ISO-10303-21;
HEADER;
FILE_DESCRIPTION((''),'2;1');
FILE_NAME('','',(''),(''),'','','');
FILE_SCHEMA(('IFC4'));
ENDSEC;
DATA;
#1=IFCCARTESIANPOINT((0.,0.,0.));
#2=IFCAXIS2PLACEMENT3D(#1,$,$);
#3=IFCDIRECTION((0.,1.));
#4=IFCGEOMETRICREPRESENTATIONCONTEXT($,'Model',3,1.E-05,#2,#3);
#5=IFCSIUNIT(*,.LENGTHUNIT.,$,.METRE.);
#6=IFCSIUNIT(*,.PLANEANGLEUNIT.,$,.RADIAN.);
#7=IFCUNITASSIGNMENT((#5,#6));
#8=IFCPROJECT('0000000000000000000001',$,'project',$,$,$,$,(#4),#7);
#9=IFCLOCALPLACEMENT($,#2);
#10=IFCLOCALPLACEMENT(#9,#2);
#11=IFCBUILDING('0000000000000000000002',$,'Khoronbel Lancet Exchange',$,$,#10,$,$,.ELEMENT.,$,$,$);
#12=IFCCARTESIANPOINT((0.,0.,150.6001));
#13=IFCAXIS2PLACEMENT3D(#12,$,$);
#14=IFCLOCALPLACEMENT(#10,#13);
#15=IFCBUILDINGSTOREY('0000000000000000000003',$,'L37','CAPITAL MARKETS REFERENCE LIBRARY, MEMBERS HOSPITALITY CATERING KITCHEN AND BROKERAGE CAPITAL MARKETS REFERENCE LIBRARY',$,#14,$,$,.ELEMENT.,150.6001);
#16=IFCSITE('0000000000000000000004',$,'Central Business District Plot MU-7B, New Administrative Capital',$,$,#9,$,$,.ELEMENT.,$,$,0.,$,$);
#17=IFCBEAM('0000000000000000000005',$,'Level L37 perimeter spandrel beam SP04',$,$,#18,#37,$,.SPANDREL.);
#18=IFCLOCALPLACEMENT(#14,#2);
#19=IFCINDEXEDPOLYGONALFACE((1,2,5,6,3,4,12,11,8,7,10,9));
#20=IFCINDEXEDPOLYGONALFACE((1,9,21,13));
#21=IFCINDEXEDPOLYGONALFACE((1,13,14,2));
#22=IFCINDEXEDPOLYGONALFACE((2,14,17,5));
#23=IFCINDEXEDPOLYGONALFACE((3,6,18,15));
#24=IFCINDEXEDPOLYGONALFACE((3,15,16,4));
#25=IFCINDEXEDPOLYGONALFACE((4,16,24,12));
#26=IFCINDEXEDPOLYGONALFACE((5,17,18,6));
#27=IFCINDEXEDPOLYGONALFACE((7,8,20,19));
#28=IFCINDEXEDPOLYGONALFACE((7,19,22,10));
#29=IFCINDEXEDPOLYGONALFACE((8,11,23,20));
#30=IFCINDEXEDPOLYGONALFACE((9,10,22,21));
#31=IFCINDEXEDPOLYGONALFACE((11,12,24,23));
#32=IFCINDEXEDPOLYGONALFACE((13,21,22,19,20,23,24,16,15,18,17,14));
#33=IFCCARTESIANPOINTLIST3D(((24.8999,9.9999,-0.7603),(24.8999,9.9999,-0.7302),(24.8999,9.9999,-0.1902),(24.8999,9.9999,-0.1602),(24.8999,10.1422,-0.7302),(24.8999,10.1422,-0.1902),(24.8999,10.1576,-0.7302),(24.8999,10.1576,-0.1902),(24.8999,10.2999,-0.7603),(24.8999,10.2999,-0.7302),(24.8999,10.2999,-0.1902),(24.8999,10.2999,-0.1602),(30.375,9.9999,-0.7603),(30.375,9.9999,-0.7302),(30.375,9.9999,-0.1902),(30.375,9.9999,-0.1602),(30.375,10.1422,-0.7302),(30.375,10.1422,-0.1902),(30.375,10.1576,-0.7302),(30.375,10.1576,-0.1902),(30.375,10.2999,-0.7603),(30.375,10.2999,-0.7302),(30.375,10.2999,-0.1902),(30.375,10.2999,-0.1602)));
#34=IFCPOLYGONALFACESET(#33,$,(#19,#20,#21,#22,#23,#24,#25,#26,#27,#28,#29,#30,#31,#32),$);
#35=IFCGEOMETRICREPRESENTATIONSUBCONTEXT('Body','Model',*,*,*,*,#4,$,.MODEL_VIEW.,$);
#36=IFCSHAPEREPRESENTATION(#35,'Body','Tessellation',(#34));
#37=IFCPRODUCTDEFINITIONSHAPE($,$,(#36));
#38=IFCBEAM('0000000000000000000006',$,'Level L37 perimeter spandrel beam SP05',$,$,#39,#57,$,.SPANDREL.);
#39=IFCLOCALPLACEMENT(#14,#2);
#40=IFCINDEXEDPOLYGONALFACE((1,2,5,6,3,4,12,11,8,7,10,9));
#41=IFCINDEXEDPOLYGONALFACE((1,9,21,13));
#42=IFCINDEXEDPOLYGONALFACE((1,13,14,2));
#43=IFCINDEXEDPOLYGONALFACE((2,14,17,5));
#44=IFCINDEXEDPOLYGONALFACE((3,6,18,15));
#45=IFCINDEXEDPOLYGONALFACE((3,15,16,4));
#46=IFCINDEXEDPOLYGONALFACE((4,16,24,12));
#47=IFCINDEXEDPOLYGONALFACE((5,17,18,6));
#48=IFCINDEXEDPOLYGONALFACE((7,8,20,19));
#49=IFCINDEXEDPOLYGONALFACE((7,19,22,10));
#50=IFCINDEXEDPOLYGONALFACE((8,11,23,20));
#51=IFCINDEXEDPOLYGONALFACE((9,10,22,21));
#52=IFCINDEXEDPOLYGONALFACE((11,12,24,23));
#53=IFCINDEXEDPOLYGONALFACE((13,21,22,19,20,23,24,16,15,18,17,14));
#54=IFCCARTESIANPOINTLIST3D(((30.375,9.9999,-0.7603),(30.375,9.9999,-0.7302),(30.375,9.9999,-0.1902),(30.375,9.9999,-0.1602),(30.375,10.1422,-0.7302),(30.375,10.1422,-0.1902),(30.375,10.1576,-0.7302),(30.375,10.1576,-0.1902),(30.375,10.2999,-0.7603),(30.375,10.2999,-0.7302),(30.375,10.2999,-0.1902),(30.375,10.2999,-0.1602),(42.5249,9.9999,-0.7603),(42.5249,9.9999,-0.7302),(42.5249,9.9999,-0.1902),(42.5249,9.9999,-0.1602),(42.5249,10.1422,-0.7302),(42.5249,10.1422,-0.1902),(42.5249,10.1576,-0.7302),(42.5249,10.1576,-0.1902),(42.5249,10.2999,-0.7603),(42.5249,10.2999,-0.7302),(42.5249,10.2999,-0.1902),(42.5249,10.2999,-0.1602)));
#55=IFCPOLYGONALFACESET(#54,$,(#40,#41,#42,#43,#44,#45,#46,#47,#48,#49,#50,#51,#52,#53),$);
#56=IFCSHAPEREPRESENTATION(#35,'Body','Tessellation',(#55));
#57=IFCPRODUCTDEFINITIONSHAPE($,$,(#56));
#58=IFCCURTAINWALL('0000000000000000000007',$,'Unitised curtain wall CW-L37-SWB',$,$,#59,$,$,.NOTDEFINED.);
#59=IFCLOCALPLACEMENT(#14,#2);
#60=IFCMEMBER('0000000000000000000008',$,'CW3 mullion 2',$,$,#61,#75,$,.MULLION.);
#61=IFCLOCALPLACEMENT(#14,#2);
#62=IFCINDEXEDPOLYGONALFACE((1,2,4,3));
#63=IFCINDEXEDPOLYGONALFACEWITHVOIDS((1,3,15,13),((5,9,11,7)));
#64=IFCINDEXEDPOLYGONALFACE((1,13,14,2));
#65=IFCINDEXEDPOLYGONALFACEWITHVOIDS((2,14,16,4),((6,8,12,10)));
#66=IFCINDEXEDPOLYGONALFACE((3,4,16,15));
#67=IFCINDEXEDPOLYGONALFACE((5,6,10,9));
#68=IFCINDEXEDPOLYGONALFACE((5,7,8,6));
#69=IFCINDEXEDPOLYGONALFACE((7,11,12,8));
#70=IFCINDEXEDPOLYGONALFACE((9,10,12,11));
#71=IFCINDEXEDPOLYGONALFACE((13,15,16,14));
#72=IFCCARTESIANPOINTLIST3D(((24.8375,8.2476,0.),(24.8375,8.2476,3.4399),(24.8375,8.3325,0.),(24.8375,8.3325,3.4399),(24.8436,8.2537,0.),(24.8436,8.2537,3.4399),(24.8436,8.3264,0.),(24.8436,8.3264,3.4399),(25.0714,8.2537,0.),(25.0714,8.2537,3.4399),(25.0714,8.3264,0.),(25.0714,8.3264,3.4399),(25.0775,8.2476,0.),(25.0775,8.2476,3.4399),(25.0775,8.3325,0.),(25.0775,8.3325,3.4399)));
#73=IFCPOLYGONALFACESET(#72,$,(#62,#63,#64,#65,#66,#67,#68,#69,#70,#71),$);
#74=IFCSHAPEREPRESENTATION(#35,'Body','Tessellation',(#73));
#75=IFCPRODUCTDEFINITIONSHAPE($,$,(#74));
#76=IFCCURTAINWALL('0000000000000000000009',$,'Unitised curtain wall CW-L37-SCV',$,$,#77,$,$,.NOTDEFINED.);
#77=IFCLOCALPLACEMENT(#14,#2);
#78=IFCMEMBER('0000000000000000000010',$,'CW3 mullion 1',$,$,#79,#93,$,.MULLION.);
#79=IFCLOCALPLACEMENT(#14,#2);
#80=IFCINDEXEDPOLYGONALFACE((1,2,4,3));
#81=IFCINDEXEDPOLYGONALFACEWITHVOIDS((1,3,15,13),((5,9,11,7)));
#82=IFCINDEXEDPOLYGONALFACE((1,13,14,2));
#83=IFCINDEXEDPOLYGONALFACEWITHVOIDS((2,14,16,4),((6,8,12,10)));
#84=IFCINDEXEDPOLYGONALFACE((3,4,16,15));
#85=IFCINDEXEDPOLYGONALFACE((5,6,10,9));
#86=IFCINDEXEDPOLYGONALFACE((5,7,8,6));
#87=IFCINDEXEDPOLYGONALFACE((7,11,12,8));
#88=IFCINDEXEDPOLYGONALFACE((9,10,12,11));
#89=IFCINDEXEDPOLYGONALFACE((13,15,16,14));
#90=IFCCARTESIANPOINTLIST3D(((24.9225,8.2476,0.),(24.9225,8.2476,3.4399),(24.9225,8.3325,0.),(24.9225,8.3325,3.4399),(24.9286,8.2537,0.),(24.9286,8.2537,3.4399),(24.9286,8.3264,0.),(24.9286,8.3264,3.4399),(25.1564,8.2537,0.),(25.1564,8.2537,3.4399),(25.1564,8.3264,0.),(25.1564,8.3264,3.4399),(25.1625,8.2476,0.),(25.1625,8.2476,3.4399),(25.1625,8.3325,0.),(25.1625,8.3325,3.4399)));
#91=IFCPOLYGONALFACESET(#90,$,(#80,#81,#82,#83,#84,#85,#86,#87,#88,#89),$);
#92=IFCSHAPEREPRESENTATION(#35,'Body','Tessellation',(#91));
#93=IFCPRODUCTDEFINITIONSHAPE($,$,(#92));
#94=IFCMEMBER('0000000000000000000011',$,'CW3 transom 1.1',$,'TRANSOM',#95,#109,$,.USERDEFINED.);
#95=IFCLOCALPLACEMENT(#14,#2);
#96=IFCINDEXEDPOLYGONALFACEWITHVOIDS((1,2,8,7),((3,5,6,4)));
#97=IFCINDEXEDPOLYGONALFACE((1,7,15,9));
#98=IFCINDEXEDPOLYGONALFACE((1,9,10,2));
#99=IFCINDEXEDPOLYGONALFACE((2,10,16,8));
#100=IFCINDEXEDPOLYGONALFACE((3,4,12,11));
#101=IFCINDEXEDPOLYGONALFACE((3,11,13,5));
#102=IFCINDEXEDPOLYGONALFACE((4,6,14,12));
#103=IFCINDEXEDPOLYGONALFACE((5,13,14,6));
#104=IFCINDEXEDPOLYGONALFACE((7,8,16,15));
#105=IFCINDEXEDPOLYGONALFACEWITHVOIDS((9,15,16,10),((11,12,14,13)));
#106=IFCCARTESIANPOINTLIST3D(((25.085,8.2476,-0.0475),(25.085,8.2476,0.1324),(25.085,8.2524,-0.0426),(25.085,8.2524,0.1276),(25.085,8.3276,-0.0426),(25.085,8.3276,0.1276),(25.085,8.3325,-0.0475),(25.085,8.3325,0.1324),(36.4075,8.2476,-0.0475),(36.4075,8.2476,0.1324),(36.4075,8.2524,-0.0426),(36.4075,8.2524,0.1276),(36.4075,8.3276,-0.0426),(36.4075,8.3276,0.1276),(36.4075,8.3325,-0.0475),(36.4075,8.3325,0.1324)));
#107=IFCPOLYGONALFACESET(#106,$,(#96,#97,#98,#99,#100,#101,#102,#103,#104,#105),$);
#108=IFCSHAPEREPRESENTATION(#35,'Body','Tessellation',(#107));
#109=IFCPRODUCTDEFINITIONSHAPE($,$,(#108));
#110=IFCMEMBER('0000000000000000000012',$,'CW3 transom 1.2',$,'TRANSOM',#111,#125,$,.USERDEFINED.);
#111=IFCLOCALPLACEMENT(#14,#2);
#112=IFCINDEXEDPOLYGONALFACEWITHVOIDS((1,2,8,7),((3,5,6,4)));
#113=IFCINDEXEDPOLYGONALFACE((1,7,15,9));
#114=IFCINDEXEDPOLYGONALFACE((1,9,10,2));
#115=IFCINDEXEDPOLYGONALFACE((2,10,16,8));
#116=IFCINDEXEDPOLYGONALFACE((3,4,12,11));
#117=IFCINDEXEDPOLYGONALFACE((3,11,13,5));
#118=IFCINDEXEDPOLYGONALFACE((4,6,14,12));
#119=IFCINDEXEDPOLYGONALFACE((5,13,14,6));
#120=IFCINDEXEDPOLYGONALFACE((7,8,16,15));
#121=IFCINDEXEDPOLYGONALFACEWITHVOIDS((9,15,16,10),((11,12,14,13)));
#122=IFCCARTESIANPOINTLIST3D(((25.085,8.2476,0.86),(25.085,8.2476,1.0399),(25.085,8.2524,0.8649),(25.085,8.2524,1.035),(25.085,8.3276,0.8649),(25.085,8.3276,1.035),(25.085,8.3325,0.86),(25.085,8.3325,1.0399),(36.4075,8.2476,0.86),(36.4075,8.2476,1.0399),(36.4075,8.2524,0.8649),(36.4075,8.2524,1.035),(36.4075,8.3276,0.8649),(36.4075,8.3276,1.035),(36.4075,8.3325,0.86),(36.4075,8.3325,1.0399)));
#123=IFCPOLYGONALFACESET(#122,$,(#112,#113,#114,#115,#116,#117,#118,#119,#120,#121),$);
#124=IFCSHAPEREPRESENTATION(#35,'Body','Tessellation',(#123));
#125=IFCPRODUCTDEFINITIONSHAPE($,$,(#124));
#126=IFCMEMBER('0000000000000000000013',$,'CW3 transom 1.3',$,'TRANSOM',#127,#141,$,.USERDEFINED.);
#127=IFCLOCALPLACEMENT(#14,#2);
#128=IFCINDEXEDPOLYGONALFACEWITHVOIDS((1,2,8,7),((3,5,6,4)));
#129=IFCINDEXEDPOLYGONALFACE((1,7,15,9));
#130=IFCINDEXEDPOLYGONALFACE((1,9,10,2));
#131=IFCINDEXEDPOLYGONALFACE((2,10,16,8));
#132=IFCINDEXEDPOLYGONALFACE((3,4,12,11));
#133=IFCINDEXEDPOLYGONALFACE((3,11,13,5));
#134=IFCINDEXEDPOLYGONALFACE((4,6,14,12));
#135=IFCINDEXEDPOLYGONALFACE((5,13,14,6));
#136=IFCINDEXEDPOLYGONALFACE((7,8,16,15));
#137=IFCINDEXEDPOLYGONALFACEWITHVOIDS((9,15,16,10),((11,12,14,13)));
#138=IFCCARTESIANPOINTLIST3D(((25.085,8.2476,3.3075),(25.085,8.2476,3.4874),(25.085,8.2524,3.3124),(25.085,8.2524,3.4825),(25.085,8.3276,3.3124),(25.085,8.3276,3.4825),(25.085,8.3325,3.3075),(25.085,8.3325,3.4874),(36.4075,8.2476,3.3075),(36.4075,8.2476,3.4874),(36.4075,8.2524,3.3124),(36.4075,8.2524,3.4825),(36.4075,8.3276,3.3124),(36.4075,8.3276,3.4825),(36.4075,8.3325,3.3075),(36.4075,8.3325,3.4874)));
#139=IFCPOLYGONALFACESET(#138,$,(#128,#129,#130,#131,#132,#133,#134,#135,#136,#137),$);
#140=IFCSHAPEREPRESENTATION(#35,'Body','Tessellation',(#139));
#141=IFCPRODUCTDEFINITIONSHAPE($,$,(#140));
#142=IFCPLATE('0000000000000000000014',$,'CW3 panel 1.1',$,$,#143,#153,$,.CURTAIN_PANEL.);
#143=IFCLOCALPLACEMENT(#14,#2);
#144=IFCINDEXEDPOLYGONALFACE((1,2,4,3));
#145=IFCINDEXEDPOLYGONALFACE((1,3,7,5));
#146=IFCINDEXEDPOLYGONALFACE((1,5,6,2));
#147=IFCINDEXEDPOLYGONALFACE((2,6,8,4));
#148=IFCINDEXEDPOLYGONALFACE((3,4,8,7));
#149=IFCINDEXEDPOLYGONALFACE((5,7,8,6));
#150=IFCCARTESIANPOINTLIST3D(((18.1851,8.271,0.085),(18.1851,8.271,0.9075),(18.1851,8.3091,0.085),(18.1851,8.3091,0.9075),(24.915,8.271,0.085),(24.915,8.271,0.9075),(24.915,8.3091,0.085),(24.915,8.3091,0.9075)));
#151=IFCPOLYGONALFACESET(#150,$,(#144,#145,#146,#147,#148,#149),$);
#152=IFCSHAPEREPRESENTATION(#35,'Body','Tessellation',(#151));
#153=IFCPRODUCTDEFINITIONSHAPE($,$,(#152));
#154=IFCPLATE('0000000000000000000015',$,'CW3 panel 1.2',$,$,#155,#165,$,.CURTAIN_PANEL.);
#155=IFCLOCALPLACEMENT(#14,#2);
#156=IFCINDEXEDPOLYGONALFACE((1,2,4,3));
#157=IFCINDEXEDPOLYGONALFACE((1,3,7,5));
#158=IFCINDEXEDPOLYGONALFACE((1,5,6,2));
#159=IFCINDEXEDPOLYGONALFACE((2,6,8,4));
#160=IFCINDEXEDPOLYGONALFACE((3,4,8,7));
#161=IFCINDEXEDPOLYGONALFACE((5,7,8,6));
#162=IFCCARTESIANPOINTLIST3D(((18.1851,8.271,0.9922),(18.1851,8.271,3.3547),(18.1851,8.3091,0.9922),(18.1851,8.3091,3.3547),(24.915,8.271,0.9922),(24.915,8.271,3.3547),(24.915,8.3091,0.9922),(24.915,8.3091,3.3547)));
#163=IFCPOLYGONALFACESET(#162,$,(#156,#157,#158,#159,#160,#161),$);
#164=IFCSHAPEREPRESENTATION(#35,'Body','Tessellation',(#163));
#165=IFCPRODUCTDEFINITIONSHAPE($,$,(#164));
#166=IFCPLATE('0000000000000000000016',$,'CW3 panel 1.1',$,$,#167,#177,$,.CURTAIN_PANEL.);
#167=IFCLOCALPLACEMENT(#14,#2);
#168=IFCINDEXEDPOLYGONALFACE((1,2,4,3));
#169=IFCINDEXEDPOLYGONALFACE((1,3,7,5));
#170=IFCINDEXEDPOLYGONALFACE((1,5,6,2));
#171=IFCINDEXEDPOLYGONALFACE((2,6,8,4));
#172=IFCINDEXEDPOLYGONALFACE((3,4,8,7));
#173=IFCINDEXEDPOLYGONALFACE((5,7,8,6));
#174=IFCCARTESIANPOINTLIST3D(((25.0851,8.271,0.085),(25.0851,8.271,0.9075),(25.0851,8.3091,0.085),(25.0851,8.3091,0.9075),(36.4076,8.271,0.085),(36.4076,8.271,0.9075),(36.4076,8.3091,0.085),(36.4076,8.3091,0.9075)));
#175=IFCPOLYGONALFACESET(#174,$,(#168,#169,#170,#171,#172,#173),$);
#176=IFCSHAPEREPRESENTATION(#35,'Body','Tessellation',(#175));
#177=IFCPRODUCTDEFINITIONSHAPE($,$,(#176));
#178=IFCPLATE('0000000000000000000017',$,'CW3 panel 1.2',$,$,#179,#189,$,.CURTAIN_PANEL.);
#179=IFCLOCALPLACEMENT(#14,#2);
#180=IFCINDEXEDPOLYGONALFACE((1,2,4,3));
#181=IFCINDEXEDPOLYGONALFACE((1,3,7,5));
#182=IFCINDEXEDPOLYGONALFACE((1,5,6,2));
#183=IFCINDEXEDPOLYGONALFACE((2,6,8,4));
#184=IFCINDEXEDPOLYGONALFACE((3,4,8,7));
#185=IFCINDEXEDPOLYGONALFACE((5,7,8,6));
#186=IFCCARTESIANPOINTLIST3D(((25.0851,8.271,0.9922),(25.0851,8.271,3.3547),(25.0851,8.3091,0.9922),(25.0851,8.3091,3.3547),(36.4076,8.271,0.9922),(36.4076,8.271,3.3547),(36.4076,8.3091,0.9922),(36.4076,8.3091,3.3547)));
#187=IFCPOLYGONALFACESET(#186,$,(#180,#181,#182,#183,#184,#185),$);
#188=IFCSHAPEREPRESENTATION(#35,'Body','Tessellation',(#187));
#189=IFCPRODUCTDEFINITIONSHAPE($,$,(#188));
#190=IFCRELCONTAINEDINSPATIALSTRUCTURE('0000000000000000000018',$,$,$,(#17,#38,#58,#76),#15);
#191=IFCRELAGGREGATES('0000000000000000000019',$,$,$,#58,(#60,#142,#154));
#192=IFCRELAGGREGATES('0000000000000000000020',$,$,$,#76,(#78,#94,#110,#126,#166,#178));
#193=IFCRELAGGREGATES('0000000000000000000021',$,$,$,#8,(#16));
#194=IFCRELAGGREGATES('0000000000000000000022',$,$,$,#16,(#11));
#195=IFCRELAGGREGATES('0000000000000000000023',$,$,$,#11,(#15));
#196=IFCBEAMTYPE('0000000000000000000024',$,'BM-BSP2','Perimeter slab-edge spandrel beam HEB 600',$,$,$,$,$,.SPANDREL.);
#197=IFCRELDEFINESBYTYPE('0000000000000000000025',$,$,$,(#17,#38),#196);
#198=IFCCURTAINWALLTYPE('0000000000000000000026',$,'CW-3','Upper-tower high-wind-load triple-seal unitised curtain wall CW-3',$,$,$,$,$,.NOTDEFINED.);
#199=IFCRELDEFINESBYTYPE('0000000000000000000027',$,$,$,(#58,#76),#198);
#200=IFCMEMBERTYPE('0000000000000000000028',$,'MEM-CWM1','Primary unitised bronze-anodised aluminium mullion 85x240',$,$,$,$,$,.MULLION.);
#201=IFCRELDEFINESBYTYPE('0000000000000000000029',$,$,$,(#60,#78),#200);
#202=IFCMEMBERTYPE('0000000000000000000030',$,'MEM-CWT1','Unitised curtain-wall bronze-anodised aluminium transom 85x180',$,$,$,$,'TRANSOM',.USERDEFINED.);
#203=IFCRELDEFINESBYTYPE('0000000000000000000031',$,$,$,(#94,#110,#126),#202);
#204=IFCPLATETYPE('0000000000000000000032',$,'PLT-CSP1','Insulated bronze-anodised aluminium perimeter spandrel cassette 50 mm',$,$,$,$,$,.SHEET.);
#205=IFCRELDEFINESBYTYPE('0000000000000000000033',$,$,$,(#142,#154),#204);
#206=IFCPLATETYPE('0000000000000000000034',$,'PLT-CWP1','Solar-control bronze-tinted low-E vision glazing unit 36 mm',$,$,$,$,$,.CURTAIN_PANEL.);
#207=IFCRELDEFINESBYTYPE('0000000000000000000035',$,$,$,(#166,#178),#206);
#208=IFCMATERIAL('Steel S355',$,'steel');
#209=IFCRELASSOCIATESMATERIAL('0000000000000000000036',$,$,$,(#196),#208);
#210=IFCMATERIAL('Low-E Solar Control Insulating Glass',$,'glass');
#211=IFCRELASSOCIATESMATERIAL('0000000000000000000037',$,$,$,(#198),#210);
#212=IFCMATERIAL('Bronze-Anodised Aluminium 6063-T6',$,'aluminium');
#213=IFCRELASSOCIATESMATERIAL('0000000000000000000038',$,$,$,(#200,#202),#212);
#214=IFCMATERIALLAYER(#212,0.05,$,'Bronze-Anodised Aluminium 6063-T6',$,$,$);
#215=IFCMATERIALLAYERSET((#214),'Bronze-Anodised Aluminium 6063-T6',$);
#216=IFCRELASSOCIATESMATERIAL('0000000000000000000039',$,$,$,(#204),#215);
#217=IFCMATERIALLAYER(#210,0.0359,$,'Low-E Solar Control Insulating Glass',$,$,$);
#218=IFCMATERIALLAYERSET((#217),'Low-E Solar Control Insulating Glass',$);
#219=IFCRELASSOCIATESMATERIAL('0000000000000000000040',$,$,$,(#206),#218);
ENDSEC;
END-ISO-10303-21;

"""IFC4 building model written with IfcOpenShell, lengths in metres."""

from ifc_helpers import new_model, si_unit, direction, frame, origin, origin_2d, place, context, subcontext, project, spatial, rectangle, hollow_rectangle, i_section, extrude, material, layer, layer_set, material_profile, profile_set, type_object, element, aggregate, save


model = new_model("IFC4")

# Units and contexts
model_context = context("Model", 3, precision=1e-05, world=origin(), true_north=direction((0.0, 1.0)))
body_context = subcontext(model_context, "Body", "Model", "MODEL_VIEW")
ifc_project = project(units=[si_unit("LENGTHUNIT", "METRE"), si_unit("PLANEANGLEUNIT", "RADIAN")], contexts=[model_context])

# Site, building, storey
site_placement = place(None, origin())
site = spatial("IfcSite", under=ifc_project, at=site_placement, Name="Central Business District Plot MU-7B, New Administrative Capital", CompositionType="ELEMENT", RefElevation=0.0)
building_placement = place(site_placement, origin())
building = spatial("IfcBuilding", under=site, at=building_placement, Name="Khoronbel Lancet Exchange", CompositionType="ELEMENT")
storey_placement = place(building_placement, frame((0.0, 0.0, 150.6001)))
storey = spatial("IfcBuildingStorey", under=building, at=storey_placement, Name="L37", Description="CAPITAL MARKETS REFERENCE LIBRARY, MEMBERS HOSPITALITY CATERING KITCHEN AND BROKERAGE CAPITAL MARKETS REFERENCE LIBRARY", CompositionType="ELEMENT", Elevation=150.6001)

# Beams
ifc_material_1 = material(Name="Steel S355", Category="steel")
ifc_material_profile_1 = material_profile(ifc_material_1, i_section(OverallWidth=0.3, OverallDepth=0.6001, WebThickness=0.0154, FlangeThickness=0.03, at=origin_2d()), Name="HEB 600")
ifc_profile_set_1 = profile_set([ifc_material_profile_1], Name="Steel S355")
beam_type_1 = type_object("IfcBeamType", Name="BM-BSP2", Description="Perimeter slab-edge spandrel beam HEB 600", PredefinedType="SPANDREL", material=ifc_profile_set_1)
beam_1_placement = place(storey_placement, frame((24.8999, 10.1499, -0.4602), z_axis=(1.0, 0.0, 0.0), x_axis=(0.0, 1.0, 0.0)))
element("IfcBeam", 1, at=beam_1_placement, inside=storey, type_object=beam_type_1, Name="Level L37 perimeter spandrel beam SP04", PredefinedType="SPANDREL", context=body_context, shape_type="SweptSolid", body=[
    extrude(i_section(OverallWidth=0.3, OverallDepth=0.6001, WebThickness=0.0154, FlangeThickness=0.03, at=origin_2d()), origin(), (0.0, 0.0, 1.0), 5.4751),
])
beam_2_placement = place(storey_placement, frame((30.375, 10.1499, -0.4602), z_axis=(1.0, 0.0, 0.0), x_axis=(0.0, 1.0, 0.0)))
element("IfcBeam", 2, at=beam_2_placement, inside=storey, type_object=beam_type_1, Name="Level L37 perimeter spandrel beam SP05", PredefinedType="SPANDREL", context=body_context, shape_type="SweptSolid", body=[
    extrude(i_section(OverallWidth=0.3, OverallDepth=0.6001, WebThickness=0.0154, FlangeThickness=0.03, at=origin_2d()), origin(), (0.0, 0.0, 1.0), 12.1499),
])

# Curtain wall, member
ifc_material_2 = material(Name="Low-E Solar Control Insulating Glass", Category="glass")
curtain_wall_type = type_object("IfcCurtainWallType", Name="CW-3", Description="Upper-tower high-wind-load triple-seal unitised curtain wall CW-3", PredefinedType="NOTDEFINED", material=ifc_material_2)
curtain_wall_1_placement = place(storey_placement, origin())
curtain_wall_1 = element("IfcCurtainWall", 3, at=curtain_wall_1_placement, inside=storey, type_object=curtain_wall_type, Name="Unitised curtain wall CW-L37-SWB", PredefinedType="NOTDEFINED")
ifc_material_3 = material(Name="Bronze-Anodised Aluminium 6063-T6", Category="aluminium")
ifc_material_profile_2 = material_profile(ifc_material_3, hollow_rectangle(XDim=0.085, YDim=0.24, WallThickness=0.0061, at=origin_2d()), Name="ALU MULLION 85x240")
ifc_profile_set_2 = profile_set([ifc_material_profile_2], Name="Bronze-Anodised Aluminium 6063-T6")
member_type_1 = type_object("IfcMemberType", Name="MEM-CWM1", Description="Primary unitised bronze-anodised aluminium mullion 85x240", PredefinedType="MULLION", material=ifc_profile_set_2)
member_1_placement = place(storey_placement, frame((24.9575, 8.29, 0.0), z_axis=(0.0, 0.0, 1.0), x_axis=(0.0, 1.0, 0.0)))
member_1 = element("IfcMember", 4, at=member_1_placement, type_object=member_type_1, Name="CW3 mullion 2", PredefinedType="MULLION", context=body_context, shape_type="SweptSolid", body=[
    extrude(hollow_rectangle(XDim=0.085, YDim=0.24, WallThickness=0.0061, at=origin_2d()), origin(), (0.0, 0.0, 1.0), 3.4399),
])

# Curtain wall, members
curtain_wall_2_placement = place(storey_placement, origin())
curtain_wall_2 = element("IfcCurtainWall", 5, at=curtain_wall_2_placement, inside=storey, type_object=curtain_wall_type, Name="Unitised curtain wall CW-L37-SCV", PredefinedType="NOTDEFINED")
member_2_placement = place(storey_placement, frame((25.0425, 8.29, 0.0), z_axis=(0.0, 0.0, 1.0), x_axis=(0.0, 1.0, 0.0)))
member_2 = element("IfcMember", 6, at=member_2_placement, type_object=member_type_1, Name="CW3 mullion 1", PredefinedType="MULLION", context=body_context, shape_type="SweptSolid", body=[
    extrude(hollow_rectangle(XDim=0.085, YDim=0.24, WallThickness=0.0061, at=origin_2d()), origin(), (0.0, 0.0, 1.0), 3.4399),
])
ifc_material_profile_3 = material_profile(ifc_material_3, hollow_rectangle(XDim=0.085, YDim=0.1799, WallThickness=0.0049, at=origin_2d()), Name="ALU TRANSOM 85x180")
ifc_profile_set_3 = profile_set([ifc_material_profile_3], Name="Bronze-Anodised Aluminium 6063-T6")
member_type_2 = type_object("IfcMemberType", Name="MEM-CWT1", Description="Unitised curtain-wall bronze-anodised aluminium transom 85x180", ElementType="TRANSOM", PredefinedType="USERDEFINED", material=ifc_profile_set_3)
member_3_placement = place(storey_placement, frame((25.085, 8.29, 0.0425), z_axis=(1.0, 0.0, 0.0), x_axis=(0.0, 1.0, 0.0)))
member_3 = element("IfcMember", 7, at=member_3_placement, type_object=member_type_2, Name="CW3 transom 1.1", ObjectType="TRANSOM", PredefinedType="USERDEFINED", context=body_context, shape_type="SweptSolid", body=[
    extrude(hollow_rectangle(XDim=0.085, YDim=0.1799, WallThickness=0.0049, at=origin_2d()), origin(), (0.0, 0.0, 1.0), 11.3225),
])
member_4_placement = place(storey_placement, frame((25.085, 8.29, 0.95), z_axis=(1.0, 0.0, 0.0), x_axis=(0.0, 1.0, 0.0)))
member_4 = element("IfcMember", 8, at=member_4_placement, type_object=member_type_2, Name="CW3 transom 1.2", ObjectType="TRANSOM", PredefinedType="USERDEFINED", context=body_context, shape_type="SweptSolid", body=[
    extrude(hollow_rectangle(XDim=0.085, YDim=0.1799, WallThickness=0.0049, at=origin_2d()), origin(), (0.0, 0.0, 1.0), 11.3225),
])
member_5_placement = place(storey_placement, frame((25.085, 8.29, 3.3975), z_axis=(1.0, 0.0, 0.0), x_axis=(0.0, 1.0, 0.0)))
member_5 = element("IfcMember", 9, at=member_5_placement, type_object=member_type_2, Name="CW3 transom 1.3", ObjectType="TRANSOM", PredefinedType="USERDEFINED", context=body_context, shape_type="SweptSolid", body=[
    extrude(hollow_rectangle(XDim=0.085, YDim=0.1799, WallThickness=0.0049, at=origin_2d()), origin(), (0.0, 0.0, 1.0), 11.3225),
])

# Plates
ifc_layer_1 = layer(ifc_material_3, 0.05, Name="Bronze-Anodised Aluminium 6063-T6")
ifc_layer_set_1 = layer_set([ifc_layer_1], Name="Bronze-Anodised Aluminium 6063-T6")
plate_type_1 = type_object("IfcPlateType", Name="PLT-CSP1", Description="Insulated bronze-anodised aluminium perimeter spandrel cassette 50 mm", PredefinedType="SHEET", material=ifc_layer_set_1)
plate_1_placement = place(storey_placement, frame((21.55, 8.29, 0.085), z_axis=(0.0, 0.0, 1.0), x_axis=(1.0, 0.0, 0.0)))
plate_1 = element("IfcPlate", 10, at=plate_1_placement, type_object=plate_type_1, Name="CW3 panel 1.1", PredefinedType="CURTAIN_PANEL", context=body_context, shape_type="SweptSolid", body=[
    extrude(rectangle(XDim=6.73, YDim=0.0381, at=origin_2d()), origin(), (0.0, 0.0, 1.0), 0.8225),
])
plate_2_placement = place(storey_placement, frame((21.55, 8.29, 0.9922), z_axis=(0.0, 0.0, 1.0), x_axis=(1.0, 0.0, 0.0)))
plate_2 = element("IfcPlate", 11, at=plate_2_placement, type_object=plate_type_1, Name="CW3 panel 1.2", PredefinedType="CURTAIN_PANEL", context=body_context, shape_type="SweptSolid", body=[
    extrude(rectangle(XDim=6.73, YDim=0.0381, at=origin_2d()), origin(), (0.0, 0.0, 1.0), 2.3625),
])
aggregate(curtain_wall_1, [member_1, plate_1, plate_2])
ifc_layer_2 = layer(ifc_material_2, 0.0359, Name="Low-E Solar Control Insulating Glass")
ifc_layer_set_2 = layer_set([ifc_layer_2], Name="Low-E Solar Control Insulating Glass")
plate_type_2 = type_object("IfcPlateType", Name="PLT-CWP1", Description="Solar-control bronze-tinted low-E vision glazing unit 36 mm", PredefinedType="CURTAIN_PANEL", material=ifc_layer_set_2)
plate_3_placement = place(storey_placement, frame((30.7463, 8.29, 0.085), z_axis=(0.0, 0.0, 1.0), x_axis=(1.0, 0.0, 0.0)))
plate_3 = element("IfcPlate", 12, at=plate_3_placement, type_object=plate_type_2, Name="CW3 panel 1.1", PredefinedType="CURTAIN_PANEL", context=body_context, shape_type="SweptSolid", body=[
    extrude(rectangle(XDim=11.3225, YDim=0.0381, at=origin_2d()), origin(), (0.0, 0.0, 1.0), 0.8225),
])
plate_4_placement = place(storey_placement, frame((30.7463, 8.29, 0.9922), z_axis=(0.0, 0.0, 1.0), x_axis=(1.0, 0.0, 0.0)))
plate_4 = element("IfcPlate", 13, at=plate_4_placement, type_object=plate_type_2, Name="CW3 panel 1.2", PredefinedType="CURTAIN_PANEL", context=body_context, shape_type="SweptSolid", body=[
    extrude(rectangle(XDim=11.3225, YDim=0.0381, at=origin_2d()), origin(), (0.0, 0.0, 1.0), 2.3625),
])
aggregate(curtain_wall_2, [member_2, member_3, member_4, member_5, plate_3, plate_4])

save(model, "model.ifc")
